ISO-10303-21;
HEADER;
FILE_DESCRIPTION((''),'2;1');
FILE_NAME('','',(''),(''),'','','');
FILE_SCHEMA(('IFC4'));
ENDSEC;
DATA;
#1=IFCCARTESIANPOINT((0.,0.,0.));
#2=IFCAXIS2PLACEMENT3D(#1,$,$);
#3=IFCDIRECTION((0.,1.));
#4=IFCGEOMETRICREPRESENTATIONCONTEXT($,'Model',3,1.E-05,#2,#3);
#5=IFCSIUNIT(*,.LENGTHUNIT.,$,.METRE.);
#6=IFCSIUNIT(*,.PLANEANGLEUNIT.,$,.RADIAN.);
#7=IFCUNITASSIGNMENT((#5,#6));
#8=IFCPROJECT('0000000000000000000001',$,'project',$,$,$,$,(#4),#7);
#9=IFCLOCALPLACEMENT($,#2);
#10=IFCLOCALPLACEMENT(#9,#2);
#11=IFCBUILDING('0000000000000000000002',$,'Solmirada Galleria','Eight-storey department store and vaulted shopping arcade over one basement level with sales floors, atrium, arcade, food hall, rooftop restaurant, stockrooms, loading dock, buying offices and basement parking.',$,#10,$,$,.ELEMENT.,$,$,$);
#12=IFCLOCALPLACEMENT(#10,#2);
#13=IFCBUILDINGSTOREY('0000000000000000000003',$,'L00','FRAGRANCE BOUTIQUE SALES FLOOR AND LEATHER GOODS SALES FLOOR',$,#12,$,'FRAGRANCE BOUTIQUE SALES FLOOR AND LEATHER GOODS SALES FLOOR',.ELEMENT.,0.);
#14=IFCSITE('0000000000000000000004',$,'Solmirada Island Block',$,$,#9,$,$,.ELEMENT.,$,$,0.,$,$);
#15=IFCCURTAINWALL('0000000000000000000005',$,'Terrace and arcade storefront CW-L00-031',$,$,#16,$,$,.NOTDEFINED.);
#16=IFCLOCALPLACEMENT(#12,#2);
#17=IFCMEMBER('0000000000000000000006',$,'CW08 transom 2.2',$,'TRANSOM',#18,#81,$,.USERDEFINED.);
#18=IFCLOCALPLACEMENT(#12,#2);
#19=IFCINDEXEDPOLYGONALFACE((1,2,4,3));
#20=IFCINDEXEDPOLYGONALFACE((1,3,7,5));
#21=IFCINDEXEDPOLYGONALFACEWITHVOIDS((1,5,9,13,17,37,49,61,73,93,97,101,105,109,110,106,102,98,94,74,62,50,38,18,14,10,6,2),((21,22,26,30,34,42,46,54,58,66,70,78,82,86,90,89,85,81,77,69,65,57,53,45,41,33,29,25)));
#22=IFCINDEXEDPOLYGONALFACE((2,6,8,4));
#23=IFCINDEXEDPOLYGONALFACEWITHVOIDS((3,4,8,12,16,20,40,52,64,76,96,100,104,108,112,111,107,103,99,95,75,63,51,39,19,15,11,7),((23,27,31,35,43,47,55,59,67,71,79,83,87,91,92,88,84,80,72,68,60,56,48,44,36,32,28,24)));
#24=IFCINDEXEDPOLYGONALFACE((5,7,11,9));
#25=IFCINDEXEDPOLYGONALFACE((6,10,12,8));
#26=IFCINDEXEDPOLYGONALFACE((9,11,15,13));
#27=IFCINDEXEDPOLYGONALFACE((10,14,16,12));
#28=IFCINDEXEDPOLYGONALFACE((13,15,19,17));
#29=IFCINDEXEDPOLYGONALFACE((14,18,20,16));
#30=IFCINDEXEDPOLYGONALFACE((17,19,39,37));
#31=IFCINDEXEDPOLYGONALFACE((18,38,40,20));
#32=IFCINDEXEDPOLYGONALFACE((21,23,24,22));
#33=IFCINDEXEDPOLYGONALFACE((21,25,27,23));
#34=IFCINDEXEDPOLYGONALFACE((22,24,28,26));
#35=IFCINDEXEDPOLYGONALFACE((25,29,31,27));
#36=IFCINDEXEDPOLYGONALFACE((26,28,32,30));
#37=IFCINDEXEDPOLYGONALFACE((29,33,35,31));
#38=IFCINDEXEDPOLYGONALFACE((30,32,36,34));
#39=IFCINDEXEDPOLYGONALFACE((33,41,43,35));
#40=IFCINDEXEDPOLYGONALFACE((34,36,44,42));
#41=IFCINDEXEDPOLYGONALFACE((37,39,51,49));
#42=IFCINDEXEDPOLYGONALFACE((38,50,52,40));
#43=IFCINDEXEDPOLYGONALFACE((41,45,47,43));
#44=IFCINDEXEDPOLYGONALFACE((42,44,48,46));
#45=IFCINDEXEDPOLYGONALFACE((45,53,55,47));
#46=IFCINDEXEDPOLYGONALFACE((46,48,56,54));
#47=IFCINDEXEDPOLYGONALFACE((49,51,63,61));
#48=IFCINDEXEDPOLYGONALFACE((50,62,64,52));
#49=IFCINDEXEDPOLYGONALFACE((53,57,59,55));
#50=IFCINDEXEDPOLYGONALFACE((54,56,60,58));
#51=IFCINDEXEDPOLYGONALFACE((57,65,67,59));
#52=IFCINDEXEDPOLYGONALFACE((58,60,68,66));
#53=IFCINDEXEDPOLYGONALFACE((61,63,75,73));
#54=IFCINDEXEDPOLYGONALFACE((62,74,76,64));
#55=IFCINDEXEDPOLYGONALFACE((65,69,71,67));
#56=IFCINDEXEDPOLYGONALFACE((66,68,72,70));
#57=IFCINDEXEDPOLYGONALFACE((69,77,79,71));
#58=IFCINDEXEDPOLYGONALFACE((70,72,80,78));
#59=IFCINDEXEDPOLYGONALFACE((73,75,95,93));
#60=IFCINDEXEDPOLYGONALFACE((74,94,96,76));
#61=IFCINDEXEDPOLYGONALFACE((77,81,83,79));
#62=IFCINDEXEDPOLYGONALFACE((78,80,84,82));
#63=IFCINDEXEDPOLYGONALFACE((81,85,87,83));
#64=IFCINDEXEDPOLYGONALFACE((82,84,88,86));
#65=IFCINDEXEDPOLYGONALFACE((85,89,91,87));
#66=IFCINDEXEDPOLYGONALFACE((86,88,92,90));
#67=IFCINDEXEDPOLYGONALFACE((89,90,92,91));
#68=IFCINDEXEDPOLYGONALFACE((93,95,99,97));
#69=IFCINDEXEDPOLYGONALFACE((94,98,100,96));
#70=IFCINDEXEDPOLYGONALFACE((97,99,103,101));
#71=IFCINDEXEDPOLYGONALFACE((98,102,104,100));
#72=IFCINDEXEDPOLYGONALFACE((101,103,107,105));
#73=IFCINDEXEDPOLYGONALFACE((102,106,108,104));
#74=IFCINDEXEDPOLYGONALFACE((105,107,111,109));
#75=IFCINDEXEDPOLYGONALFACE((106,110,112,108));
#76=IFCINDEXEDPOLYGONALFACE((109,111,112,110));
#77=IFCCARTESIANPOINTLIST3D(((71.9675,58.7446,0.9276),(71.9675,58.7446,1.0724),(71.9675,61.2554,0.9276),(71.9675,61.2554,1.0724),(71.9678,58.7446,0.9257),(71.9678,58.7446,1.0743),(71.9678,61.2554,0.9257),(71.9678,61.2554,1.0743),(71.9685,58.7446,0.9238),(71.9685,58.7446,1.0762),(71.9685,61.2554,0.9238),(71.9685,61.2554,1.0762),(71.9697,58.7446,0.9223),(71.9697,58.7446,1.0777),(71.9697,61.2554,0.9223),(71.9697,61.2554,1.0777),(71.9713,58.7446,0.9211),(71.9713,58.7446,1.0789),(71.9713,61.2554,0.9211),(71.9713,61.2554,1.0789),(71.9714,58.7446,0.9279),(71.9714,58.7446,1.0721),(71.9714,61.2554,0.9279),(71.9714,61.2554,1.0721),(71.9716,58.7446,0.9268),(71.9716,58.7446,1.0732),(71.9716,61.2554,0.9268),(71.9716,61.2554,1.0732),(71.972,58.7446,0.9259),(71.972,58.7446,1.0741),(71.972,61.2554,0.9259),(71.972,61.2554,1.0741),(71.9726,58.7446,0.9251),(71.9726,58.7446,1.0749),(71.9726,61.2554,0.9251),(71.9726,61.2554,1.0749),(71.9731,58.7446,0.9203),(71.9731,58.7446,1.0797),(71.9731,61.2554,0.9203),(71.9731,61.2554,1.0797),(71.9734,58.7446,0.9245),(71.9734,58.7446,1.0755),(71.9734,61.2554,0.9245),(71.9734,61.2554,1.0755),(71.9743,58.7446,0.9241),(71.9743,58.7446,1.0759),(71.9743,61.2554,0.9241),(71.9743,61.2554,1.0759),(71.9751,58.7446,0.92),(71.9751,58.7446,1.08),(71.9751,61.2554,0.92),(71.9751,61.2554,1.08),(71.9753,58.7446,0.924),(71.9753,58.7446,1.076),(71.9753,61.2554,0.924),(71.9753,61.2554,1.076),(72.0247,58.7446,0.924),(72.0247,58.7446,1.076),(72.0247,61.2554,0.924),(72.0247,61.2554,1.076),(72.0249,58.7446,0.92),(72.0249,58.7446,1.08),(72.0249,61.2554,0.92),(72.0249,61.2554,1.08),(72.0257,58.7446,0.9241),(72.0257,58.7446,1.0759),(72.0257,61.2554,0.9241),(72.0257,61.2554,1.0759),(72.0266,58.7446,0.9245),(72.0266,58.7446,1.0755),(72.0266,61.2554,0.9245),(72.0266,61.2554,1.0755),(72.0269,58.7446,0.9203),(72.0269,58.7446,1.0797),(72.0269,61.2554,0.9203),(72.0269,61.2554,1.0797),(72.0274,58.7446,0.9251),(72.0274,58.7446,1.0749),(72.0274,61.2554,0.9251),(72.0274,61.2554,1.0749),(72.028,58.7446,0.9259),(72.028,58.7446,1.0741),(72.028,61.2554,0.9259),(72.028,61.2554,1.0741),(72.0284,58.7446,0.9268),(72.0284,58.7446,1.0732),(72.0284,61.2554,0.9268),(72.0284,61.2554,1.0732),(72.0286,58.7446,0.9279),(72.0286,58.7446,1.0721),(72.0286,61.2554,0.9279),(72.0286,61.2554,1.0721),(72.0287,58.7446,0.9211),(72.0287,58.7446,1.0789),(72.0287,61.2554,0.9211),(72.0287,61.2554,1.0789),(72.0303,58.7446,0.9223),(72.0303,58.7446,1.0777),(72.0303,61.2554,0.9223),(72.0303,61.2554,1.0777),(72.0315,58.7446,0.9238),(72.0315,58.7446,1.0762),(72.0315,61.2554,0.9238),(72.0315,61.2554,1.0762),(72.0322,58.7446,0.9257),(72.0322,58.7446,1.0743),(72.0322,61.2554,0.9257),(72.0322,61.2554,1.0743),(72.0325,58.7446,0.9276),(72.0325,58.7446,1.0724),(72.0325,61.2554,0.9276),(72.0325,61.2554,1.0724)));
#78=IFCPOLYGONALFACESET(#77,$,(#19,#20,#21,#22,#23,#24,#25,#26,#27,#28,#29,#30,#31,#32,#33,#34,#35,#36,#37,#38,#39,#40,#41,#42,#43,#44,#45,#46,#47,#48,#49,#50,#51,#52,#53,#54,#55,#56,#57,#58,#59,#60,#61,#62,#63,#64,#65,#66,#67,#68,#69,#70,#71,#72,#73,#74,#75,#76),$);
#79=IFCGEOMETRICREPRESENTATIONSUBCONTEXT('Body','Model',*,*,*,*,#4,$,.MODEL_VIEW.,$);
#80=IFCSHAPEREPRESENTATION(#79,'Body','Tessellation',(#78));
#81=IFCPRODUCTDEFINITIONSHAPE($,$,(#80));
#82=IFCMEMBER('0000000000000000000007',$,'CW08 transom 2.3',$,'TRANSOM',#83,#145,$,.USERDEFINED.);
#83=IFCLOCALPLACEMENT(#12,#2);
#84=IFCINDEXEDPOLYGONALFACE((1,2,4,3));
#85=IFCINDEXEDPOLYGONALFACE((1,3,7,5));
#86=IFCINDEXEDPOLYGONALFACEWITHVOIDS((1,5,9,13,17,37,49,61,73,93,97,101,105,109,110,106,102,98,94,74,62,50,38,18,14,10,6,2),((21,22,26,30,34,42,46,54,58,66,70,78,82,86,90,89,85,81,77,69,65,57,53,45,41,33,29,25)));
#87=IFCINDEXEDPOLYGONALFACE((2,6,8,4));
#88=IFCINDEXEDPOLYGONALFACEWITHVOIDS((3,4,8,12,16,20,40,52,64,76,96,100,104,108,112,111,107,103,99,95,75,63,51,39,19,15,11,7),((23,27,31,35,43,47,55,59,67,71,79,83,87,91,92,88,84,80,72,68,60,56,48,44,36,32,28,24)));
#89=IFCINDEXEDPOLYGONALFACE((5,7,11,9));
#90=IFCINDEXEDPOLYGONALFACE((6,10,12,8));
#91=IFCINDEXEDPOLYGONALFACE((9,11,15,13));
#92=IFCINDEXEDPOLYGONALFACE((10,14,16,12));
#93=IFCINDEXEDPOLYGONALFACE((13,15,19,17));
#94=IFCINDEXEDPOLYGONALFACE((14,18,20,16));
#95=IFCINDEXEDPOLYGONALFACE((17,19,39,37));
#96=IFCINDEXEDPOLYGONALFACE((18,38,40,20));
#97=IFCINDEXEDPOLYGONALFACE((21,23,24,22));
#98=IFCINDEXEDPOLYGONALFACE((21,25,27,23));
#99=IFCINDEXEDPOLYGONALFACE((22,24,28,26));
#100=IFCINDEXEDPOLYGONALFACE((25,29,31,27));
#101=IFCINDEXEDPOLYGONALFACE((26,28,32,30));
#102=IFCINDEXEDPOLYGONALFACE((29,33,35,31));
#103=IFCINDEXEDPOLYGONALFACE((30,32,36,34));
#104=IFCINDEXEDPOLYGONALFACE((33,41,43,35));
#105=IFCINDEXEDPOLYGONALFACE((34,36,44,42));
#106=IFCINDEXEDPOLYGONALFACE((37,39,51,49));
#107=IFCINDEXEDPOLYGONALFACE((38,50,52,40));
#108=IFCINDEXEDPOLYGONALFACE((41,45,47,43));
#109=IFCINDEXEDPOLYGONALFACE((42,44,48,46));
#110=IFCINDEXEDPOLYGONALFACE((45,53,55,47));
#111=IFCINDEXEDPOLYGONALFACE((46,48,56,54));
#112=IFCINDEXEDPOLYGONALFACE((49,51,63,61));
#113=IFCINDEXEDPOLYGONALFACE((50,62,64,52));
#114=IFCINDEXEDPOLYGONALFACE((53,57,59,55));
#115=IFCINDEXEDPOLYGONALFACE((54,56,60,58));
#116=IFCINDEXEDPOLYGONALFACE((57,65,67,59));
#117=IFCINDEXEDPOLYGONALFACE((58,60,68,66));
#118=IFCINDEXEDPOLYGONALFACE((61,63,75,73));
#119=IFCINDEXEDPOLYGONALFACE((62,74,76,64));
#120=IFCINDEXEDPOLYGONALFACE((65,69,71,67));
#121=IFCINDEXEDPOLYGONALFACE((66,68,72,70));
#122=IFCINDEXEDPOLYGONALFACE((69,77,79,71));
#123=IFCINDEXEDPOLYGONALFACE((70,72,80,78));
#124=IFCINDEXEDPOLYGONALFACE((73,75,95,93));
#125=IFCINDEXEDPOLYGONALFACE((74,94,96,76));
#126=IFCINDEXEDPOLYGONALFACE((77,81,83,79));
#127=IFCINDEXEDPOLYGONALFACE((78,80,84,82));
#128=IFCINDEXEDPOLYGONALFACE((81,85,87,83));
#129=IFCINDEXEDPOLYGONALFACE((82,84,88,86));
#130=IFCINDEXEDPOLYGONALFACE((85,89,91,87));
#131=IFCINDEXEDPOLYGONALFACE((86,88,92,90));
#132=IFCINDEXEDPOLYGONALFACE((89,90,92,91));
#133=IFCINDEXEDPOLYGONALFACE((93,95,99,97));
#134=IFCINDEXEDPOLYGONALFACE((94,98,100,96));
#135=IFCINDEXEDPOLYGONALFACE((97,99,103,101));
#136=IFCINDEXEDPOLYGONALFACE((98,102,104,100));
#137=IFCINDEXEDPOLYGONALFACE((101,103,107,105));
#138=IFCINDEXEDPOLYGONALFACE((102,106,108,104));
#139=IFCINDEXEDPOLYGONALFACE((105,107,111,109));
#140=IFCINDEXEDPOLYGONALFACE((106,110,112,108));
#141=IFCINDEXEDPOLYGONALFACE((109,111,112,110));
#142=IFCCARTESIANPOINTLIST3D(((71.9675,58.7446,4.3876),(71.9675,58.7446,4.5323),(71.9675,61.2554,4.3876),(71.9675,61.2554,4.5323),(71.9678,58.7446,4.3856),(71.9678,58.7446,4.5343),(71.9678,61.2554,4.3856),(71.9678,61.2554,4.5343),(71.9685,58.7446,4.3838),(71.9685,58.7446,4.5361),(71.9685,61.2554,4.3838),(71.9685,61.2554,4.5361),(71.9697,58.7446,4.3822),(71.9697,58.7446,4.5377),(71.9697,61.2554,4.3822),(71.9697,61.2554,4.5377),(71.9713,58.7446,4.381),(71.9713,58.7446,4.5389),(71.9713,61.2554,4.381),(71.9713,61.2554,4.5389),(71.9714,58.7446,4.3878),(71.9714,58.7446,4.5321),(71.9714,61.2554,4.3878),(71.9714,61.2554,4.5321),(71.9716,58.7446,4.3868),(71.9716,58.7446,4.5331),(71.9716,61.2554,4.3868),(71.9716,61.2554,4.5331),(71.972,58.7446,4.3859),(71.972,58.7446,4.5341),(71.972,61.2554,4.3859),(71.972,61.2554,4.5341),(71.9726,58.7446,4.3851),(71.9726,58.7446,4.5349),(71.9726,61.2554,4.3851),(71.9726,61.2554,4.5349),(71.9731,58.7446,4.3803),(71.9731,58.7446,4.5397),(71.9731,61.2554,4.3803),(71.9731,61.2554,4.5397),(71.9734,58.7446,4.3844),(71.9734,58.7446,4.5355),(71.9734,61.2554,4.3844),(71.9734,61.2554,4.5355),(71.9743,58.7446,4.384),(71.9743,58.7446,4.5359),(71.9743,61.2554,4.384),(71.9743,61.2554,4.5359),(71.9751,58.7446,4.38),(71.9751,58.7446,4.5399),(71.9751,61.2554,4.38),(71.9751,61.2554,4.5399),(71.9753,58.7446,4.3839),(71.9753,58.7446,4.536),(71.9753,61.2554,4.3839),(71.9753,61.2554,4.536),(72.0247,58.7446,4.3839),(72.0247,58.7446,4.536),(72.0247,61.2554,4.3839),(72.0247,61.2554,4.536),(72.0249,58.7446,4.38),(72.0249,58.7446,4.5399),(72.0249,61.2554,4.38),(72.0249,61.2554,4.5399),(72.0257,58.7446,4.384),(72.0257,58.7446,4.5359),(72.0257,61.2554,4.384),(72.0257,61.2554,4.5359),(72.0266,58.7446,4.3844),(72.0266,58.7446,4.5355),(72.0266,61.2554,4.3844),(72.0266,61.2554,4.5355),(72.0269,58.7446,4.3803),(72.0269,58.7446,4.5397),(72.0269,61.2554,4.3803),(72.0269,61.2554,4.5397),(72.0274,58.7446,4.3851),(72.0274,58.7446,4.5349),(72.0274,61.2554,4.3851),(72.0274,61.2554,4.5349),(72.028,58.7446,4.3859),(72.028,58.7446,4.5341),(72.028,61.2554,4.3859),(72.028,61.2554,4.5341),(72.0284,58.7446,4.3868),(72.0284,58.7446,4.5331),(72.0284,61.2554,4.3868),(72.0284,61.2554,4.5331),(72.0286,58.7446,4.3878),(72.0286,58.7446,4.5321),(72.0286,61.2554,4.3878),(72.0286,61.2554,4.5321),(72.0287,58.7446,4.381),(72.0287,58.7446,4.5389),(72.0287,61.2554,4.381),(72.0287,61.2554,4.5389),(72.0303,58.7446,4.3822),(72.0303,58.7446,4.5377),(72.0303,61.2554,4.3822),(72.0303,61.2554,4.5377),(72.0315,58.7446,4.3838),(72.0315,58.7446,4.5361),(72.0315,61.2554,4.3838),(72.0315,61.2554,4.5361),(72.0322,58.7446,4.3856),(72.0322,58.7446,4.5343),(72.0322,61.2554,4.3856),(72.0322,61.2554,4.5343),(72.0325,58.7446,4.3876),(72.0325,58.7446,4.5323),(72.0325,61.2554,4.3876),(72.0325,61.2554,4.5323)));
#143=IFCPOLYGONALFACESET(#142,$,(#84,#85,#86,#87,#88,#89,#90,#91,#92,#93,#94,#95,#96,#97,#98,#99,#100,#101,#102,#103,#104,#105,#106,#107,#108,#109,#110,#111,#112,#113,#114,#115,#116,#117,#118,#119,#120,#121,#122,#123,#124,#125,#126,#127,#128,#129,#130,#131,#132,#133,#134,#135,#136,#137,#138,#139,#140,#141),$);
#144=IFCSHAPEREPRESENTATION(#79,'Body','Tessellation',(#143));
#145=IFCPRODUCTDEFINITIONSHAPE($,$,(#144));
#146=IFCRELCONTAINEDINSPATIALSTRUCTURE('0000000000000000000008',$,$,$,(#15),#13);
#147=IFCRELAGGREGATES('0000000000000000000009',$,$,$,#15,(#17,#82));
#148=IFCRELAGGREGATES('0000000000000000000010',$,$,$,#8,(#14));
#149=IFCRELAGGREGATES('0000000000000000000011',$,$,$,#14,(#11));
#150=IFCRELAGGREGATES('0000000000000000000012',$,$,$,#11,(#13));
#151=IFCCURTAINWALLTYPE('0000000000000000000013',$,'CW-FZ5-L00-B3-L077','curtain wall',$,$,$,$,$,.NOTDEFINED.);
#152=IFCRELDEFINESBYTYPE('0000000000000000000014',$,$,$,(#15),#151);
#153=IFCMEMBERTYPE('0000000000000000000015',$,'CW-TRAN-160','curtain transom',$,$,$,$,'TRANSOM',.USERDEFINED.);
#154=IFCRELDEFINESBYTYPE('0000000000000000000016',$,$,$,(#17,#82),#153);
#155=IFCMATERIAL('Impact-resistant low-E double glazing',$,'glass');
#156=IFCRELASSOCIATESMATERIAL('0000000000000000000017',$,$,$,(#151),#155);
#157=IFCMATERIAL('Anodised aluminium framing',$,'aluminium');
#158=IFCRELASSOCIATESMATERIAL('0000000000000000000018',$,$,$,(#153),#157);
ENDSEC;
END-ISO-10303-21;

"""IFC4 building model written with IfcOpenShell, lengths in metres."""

from ifc_helpers import new_model, si_unit, direction, frame, origin, origin_2d, place, context, subcontext, project, spatial, hollow_rectangle, extrude, material, material_profile, profile_set, type_object, element, aggregate, save


model = new_model("IFC4")

# Units and contexts
model_context = context("Model", 3, precision=1e-05, world=origin(), true_north=direction((0.0, 1.0)))
body_context = subcontext(model_context, "Body", "Model", "MODEL_VIEW")
ifc_project = project(units=[si_unit("LENGTHUNIT", "METRE"), si_unit("PLANEANGLEUNIT", "RADIAN")], contexts=[model_context])

# Site, building, storey
site_placement = place(None, origin())
site = spatial("IfcSite", under=ifc_project, at=site_placement, Name="Solmirada Island Block", CompositionType="ELEMENT", RefElevation=0.0)
building_placement = place(site_placement, origin())
building = spatial("IfcBuilding", under=site, at=building_placement, Name="Solmirada Galleria", Description="Eight-storey department store and vaulted shopping arcade over one basement level with sales floors, atrium, arcade, food hall, rooftop restaurant, stockrooms, loading dock, buying offices and basement parking.", CompositionType="ELEMENT")
storey_placement = place(building_placement, origin())
storey = spatial("IfcBuildingStorey", under=building, at=storey_placement, Name="L00", Description="FRAGRANCE BOUTIQUE SALES FLOOR AND LEATHER GOODS SALES FLOOR", LongName="FRAGRANCE BOUTIQUE SALES FLOOR AND LEATHER GOODS SALES FLOOR", CompositionType="ELEMENT", Elevation=0.0)

# Curtain wall
ifc_material_1 = material(Name="Impact-resistant low-E double glazing", Category="glass")
curtain_wall_type = type_object("IfcCurtainWallType", Name="CW-FZ5-L00-B3-L077", Description="curtain wall", PredefinedType="NOTDEFINED", material=ifc_material_1)
curtain_wall_1_placement = place(storey_placement, origin())
curtain_wall_1 = element("IfcCurtainWall", 1, at=curtain_wall_1_placement, inside=storey, type_object=curtain_wall_type, Name="Terrace and arcade storefront CW-L00-031", PredefinedType="NOTDEFINED")
ifc_material_2 = material(Name="Anodised aluminium framing", Category="aluminium")

# Members
ifc_material_profile_1 = material_profile(ifc_material_2, hollow_rectangle(XDim=0.0649, YDim=0.1599, WallThickness=0.0039, InnerFilletRadius=0.0039, OuterFilletRadius=0.0076, at=origin_2d()), Name="ALU-TRAN-160X65")
ifc_profile_set_1 = profile_set([ifc_material_profile_1], Name="Anodised aluminium framing")
member_type_1 = type_object("IfcMemberType", Name="CW-TRAN-160", Description="curtain transom", ElementType="TRANSOM", PredefinedType="USERDEFINED", material=ifc_profile_set_1)
member_1_placement = place(storey_placement, frame((72.0, 61.2554, 1.0), z_axis=(0.0, -1.0, 0.0), x_axis=(1.0, 0.0, 0.0)))
member_1 = element("IfcMember", 2, at=member_1_placement, type_object=member_type_1, Name="CW08 transom 2.2", ObjectType="TRANSOM", PredefinedType="USERDEFINED", context=body_context, shape_type="SweptSolid", body=[
    extrude(hollow_rectangle(XDim=0.0649, YDim=0.1599, WallThickness=0.0039, InnerFilletRadius=0.0039, OuterFilletRadius=0.0076, at=origin_2d()), origin(), (0.0, 0.0, 1.0), 2.5107),
])
member_2_placement = place(storey_placement, frame((72.0, 61.2554, 4.46), z_axis=(0.0, -1.0, 0.0), x_axis=(1.0, 0.0, 0.0)))
member_2 = element("IfcMember", 3, at=member_2_placement, type_object=member_type_1, Name="CW08 transom 2.3", ObjectType="TRANSOM", PredefinedType="USERDEFINED", context=body_context, shape_type="SweptSolid", body=[
    extrude(hollow_rectangle(XDim=0.0649, YDim=0.1599, WallThickness=0.0039, InnerFilletRadius=0.0039, OuterFilletRadius=0.0076, at=origin_2d()), origin(), (0.0, 0.0, 1.0), 2.5107),
])

aggregate(curtain_wall_1, [member_1, member_2])

save(model, "model.ifc")
